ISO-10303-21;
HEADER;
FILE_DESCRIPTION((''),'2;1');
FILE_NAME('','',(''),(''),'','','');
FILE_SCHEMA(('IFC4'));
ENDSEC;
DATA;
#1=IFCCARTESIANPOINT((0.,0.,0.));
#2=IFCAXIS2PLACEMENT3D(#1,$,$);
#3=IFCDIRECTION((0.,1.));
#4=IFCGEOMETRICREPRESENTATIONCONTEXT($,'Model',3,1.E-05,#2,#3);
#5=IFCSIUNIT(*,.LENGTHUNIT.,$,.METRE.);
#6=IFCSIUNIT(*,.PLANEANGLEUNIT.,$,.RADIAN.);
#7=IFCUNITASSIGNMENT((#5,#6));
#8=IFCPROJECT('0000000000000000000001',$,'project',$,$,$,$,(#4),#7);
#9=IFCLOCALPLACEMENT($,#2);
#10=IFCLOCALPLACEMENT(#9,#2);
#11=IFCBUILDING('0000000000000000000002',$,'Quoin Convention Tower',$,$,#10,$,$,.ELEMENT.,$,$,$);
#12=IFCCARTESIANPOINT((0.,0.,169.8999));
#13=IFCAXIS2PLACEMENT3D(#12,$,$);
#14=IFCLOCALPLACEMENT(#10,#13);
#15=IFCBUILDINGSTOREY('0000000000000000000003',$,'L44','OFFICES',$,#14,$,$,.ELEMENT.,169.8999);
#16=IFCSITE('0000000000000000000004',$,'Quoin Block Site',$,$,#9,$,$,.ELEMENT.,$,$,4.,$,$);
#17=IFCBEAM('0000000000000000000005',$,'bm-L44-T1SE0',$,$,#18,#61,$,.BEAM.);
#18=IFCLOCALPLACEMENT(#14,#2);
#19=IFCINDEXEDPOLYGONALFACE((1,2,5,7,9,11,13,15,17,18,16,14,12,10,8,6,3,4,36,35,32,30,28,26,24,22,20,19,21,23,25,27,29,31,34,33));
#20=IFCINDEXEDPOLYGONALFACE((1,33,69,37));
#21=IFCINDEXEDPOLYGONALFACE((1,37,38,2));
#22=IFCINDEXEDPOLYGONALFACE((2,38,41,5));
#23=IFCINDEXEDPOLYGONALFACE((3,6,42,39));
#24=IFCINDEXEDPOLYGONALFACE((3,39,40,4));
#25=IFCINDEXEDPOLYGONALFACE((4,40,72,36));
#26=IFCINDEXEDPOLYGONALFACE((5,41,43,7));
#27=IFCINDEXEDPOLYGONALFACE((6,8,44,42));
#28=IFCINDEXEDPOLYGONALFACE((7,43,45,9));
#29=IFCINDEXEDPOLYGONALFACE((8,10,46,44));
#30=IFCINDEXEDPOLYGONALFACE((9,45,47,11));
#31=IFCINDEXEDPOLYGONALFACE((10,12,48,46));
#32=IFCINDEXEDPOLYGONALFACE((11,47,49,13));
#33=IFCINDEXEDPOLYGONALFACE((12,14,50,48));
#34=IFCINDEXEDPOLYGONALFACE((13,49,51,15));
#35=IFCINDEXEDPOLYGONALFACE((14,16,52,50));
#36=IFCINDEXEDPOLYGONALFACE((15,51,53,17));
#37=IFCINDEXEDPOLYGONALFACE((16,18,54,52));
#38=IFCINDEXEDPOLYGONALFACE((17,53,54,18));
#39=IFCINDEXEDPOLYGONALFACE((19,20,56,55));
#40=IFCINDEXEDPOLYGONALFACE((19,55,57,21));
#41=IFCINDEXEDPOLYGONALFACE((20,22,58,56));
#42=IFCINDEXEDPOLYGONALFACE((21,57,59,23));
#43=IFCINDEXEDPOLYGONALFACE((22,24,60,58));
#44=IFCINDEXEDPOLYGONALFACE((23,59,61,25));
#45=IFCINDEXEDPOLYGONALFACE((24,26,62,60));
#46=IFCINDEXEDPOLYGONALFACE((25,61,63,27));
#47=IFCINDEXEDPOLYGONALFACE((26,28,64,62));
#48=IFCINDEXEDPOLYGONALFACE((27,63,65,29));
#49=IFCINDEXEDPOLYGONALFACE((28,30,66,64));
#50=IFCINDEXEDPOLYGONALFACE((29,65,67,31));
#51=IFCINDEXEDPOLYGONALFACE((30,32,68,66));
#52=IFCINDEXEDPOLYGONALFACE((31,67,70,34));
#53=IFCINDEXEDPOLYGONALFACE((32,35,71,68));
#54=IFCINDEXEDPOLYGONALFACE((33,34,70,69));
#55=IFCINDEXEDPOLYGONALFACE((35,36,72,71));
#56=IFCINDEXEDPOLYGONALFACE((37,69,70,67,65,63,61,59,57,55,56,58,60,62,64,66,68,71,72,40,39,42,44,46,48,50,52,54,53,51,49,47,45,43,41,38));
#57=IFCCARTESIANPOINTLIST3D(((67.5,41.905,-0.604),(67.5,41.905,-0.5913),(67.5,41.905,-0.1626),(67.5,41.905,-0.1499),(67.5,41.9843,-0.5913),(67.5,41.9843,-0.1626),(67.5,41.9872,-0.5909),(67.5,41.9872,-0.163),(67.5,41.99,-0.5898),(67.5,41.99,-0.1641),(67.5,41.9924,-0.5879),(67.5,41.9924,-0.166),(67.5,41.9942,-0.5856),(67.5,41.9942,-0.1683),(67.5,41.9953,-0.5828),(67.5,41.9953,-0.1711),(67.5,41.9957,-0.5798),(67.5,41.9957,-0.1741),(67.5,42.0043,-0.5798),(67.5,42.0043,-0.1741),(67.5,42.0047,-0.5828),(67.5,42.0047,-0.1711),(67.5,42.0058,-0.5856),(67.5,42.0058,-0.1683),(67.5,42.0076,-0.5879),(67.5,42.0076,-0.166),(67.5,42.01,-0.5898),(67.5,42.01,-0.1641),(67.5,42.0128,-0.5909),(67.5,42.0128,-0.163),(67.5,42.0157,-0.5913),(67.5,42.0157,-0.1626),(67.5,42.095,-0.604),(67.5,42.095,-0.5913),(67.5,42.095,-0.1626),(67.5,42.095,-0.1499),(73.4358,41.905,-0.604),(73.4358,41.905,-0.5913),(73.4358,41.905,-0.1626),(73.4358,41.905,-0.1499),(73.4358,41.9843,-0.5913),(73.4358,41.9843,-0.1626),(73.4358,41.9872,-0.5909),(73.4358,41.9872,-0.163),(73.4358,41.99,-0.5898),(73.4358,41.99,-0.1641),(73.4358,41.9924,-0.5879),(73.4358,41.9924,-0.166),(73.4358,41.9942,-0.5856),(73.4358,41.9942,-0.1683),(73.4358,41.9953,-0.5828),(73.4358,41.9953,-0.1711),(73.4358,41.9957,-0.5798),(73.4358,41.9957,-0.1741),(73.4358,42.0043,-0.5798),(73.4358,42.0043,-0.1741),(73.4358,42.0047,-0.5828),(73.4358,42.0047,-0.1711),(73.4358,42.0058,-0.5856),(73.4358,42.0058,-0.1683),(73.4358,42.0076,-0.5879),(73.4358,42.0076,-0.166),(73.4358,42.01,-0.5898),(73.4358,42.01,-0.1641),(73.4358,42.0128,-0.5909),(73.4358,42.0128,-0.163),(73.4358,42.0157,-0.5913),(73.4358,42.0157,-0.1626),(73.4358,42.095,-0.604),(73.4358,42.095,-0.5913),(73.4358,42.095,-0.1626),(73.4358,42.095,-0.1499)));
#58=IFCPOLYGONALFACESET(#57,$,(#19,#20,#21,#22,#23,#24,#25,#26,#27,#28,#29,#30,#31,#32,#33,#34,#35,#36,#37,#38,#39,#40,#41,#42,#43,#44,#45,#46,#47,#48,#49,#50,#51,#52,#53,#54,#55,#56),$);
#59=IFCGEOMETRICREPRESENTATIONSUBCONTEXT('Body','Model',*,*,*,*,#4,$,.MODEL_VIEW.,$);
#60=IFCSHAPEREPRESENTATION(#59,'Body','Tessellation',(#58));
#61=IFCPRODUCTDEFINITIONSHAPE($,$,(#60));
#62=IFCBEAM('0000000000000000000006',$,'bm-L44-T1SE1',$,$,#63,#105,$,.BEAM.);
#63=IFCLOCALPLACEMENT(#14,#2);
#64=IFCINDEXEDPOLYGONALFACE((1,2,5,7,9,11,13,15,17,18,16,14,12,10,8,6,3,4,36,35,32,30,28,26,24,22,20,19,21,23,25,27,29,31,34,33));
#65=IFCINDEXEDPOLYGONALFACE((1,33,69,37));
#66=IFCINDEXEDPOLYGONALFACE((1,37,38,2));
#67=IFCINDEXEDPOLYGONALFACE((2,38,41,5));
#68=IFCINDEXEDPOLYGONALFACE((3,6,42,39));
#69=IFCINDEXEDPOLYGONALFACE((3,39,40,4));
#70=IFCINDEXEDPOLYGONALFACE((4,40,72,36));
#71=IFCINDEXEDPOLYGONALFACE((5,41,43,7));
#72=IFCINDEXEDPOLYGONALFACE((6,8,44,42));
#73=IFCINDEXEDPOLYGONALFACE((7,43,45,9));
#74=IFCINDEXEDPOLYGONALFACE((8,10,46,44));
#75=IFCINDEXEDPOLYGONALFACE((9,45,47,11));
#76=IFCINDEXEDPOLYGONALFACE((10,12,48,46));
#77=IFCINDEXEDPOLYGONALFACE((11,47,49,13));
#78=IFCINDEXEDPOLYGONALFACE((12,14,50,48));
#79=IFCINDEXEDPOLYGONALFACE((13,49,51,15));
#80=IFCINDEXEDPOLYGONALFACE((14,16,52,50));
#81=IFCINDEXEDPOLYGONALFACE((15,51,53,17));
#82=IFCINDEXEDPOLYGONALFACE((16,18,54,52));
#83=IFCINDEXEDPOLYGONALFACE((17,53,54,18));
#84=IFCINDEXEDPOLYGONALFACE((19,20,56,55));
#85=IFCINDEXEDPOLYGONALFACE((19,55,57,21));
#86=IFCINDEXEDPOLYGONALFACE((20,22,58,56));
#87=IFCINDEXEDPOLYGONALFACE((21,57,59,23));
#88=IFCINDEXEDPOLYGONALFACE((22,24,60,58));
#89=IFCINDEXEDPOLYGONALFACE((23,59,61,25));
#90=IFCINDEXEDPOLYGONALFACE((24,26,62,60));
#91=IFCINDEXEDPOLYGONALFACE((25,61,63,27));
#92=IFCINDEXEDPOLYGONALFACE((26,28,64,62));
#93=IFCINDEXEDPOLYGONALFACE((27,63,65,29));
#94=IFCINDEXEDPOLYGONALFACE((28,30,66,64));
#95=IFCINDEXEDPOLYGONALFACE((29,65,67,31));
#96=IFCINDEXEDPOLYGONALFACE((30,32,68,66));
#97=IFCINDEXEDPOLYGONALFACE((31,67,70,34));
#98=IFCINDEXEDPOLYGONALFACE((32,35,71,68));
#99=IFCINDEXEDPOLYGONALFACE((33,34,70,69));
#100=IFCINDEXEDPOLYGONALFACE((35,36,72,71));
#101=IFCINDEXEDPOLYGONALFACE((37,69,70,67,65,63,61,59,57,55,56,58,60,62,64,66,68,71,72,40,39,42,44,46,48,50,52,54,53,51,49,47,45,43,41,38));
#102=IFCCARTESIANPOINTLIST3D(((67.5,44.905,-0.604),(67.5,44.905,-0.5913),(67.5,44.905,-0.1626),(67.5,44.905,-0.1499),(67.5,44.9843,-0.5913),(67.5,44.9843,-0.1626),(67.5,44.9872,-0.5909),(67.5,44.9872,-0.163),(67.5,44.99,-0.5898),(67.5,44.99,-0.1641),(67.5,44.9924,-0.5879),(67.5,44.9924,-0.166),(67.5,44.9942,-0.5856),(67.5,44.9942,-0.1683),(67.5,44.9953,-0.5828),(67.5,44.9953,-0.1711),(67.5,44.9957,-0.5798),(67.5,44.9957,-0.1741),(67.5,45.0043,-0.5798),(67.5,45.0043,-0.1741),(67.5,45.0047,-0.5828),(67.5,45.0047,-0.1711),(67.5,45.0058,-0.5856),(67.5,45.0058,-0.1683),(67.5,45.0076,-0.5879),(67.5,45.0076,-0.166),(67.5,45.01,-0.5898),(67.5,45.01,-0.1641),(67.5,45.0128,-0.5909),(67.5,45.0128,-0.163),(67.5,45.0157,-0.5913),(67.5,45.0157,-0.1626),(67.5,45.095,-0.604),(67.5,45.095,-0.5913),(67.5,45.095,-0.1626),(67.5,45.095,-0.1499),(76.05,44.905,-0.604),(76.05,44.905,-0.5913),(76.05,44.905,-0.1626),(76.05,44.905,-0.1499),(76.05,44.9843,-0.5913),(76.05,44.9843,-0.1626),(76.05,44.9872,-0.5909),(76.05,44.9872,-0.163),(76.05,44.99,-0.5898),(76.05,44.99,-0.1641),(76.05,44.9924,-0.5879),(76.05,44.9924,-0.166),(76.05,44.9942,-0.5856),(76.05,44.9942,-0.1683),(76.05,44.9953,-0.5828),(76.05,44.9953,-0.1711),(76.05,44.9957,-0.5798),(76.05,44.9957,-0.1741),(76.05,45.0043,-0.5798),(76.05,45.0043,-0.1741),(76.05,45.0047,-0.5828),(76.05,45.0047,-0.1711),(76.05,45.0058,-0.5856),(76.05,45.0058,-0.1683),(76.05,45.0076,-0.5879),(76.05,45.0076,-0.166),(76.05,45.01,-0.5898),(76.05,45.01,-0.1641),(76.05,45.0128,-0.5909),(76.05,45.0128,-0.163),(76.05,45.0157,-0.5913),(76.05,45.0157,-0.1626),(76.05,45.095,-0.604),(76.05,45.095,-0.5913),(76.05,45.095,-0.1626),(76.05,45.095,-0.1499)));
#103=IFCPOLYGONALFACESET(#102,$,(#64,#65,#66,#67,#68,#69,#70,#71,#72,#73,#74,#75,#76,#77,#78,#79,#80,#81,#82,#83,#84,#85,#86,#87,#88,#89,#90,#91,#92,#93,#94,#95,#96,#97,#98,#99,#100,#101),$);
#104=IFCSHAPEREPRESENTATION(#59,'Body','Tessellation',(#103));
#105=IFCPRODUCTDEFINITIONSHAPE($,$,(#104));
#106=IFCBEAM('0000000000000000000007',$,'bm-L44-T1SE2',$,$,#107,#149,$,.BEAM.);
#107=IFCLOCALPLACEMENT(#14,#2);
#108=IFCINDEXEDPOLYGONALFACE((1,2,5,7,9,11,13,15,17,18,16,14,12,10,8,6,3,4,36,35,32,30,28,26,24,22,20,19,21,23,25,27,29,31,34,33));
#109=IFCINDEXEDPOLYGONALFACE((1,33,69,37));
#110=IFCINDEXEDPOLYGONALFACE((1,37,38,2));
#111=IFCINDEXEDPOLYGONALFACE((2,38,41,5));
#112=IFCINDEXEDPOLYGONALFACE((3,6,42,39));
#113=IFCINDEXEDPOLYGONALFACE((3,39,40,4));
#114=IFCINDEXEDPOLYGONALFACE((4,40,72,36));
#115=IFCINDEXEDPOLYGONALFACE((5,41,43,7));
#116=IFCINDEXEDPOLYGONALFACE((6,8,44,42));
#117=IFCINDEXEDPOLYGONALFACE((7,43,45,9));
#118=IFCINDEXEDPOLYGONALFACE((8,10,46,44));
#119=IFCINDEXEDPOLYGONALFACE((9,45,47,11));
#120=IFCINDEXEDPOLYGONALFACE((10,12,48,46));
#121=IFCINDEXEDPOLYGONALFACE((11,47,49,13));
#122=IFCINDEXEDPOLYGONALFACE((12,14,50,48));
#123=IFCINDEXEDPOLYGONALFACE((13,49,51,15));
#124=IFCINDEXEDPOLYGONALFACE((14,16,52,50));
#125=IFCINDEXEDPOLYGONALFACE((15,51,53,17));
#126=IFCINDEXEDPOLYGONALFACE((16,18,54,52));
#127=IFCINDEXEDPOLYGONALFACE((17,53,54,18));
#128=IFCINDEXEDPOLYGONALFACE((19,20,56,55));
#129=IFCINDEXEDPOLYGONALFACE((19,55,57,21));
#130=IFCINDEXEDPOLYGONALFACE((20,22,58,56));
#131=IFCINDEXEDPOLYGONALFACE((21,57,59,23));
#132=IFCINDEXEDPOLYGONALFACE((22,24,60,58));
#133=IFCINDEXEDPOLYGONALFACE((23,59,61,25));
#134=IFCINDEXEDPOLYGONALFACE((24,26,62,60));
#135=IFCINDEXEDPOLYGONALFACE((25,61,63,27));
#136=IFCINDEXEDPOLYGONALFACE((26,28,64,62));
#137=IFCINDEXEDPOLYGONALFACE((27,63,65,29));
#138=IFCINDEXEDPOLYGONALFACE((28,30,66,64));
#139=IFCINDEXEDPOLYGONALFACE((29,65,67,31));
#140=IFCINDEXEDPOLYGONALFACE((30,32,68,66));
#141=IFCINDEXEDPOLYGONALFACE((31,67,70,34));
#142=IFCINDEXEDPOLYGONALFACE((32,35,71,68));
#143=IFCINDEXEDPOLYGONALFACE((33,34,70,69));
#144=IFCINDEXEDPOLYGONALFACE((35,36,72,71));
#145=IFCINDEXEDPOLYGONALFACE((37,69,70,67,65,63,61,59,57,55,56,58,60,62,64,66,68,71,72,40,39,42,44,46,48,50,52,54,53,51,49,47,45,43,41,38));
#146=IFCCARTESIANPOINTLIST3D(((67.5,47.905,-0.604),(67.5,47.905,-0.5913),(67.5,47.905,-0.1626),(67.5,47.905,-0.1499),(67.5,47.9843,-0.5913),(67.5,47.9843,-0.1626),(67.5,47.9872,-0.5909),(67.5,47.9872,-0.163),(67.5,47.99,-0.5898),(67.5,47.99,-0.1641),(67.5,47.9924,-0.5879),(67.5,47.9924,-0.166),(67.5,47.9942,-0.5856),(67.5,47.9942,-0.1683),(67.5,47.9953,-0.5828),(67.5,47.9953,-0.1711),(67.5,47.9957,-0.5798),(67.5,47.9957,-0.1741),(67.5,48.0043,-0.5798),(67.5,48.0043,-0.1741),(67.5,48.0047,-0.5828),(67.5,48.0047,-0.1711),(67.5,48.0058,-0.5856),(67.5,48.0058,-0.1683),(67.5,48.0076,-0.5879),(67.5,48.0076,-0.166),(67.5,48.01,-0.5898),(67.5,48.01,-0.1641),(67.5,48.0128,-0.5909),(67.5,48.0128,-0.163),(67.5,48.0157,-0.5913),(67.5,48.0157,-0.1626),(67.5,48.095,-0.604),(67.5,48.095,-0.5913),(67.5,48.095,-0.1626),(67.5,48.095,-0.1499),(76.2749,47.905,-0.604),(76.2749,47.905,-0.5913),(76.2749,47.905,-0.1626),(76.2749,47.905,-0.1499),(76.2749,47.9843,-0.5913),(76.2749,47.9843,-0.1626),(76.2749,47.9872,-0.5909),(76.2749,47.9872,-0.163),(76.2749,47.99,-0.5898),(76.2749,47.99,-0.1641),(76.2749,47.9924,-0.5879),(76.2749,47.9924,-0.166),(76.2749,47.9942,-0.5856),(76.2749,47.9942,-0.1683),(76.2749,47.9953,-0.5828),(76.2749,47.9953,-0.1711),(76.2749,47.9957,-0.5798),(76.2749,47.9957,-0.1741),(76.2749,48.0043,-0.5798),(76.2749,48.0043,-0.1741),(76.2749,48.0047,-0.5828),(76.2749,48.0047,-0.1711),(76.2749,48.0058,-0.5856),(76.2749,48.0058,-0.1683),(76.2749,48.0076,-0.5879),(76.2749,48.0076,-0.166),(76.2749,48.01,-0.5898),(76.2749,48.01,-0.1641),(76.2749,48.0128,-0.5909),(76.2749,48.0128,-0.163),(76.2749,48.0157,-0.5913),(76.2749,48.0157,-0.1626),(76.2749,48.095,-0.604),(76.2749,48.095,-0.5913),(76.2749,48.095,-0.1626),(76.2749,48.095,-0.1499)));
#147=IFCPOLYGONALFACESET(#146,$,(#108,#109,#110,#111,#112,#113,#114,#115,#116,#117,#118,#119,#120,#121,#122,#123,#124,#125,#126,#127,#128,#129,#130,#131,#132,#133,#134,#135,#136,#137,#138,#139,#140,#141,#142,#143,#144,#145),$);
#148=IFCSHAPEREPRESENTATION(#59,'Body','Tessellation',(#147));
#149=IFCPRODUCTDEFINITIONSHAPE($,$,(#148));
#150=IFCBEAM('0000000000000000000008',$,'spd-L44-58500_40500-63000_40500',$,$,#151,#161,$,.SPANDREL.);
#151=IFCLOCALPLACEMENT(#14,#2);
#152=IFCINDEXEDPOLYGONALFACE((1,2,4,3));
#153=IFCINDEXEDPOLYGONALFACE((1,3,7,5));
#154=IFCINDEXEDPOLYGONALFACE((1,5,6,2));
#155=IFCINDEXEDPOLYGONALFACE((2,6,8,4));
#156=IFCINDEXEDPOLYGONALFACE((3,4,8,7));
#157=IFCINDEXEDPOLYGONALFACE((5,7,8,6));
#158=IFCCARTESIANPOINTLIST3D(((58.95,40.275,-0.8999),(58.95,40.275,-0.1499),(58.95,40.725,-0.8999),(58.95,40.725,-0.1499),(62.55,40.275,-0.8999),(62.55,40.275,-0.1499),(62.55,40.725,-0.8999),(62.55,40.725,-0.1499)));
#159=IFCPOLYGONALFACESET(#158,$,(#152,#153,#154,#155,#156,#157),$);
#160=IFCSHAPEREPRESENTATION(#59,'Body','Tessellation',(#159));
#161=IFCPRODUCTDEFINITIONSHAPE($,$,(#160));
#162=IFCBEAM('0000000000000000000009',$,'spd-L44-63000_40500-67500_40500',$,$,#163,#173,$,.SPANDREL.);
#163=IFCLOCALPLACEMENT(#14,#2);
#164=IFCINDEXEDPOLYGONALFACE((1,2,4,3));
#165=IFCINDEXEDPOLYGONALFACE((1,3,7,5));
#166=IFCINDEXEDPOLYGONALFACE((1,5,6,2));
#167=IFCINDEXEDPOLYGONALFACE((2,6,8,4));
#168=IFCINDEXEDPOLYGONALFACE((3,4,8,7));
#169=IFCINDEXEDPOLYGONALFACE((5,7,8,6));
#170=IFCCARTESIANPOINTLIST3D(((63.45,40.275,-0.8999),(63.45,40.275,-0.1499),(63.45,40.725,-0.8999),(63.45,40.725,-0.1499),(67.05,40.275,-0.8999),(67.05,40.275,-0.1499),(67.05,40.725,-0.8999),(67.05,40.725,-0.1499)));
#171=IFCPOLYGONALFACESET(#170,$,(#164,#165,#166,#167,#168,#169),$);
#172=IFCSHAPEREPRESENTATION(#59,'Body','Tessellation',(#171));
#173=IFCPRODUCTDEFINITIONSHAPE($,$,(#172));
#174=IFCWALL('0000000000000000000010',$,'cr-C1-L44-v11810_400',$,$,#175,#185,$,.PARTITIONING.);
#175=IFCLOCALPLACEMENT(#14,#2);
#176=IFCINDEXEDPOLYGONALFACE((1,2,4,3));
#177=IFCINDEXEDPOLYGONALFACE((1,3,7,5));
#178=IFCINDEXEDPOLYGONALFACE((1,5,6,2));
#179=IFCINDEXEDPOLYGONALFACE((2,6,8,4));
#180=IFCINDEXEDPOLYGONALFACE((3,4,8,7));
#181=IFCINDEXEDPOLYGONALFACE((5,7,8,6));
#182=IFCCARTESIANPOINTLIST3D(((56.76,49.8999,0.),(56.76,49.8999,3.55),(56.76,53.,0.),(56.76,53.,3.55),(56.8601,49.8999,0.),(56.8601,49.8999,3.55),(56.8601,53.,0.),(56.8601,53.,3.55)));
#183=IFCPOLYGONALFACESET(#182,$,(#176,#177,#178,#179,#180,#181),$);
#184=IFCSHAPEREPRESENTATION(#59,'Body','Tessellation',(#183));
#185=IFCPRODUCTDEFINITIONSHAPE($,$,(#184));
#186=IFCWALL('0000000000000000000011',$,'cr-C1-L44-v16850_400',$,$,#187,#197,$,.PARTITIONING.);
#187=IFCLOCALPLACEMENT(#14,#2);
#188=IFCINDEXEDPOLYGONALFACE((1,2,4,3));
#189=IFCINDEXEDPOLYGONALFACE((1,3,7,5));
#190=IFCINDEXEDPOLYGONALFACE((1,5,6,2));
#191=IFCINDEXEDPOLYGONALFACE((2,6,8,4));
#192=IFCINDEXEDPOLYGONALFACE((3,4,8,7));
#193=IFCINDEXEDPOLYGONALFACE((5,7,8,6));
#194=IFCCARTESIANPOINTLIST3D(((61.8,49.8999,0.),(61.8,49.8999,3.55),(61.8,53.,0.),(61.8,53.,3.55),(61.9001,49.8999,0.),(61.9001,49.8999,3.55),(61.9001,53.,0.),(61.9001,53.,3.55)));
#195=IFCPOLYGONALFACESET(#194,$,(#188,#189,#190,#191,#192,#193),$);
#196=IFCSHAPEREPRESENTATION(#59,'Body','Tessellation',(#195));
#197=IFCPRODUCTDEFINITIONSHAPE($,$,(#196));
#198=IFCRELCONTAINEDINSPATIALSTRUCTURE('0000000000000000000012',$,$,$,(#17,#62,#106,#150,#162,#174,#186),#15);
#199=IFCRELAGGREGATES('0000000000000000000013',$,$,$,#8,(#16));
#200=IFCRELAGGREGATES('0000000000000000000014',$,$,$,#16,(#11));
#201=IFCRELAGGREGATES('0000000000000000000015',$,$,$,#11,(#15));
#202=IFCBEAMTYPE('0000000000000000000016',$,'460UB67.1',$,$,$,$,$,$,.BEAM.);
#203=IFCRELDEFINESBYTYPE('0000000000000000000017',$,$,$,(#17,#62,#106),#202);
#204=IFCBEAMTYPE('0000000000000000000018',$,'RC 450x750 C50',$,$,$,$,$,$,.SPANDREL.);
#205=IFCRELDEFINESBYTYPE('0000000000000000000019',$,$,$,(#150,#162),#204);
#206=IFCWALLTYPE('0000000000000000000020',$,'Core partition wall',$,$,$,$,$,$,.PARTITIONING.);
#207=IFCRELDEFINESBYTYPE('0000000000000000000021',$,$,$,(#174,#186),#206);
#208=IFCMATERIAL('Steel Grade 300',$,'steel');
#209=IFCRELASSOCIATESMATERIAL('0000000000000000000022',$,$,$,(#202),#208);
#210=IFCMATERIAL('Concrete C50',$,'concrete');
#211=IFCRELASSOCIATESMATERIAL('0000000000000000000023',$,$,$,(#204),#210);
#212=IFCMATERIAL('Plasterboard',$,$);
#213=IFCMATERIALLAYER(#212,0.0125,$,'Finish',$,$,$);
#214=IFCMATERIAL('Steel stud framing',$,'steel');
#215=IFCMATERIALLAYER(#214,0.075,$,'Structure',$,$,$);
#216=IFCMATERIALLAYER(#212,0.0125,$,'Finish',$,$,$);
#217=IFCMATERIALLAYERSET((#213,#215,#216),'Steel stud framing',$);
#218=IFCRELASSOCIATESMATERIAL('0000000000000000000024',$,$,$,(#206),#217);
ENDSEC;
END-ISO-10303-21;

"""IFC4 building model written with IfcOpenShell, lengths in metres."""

from ifc_helpers import new_model, si_unit, direction, frame, frame_2d, origin, origin_2d, place, context, subcontext, project, spatial, rectangle, i_section, extrude, material, layer, layer_set, material_profile, profile_set, type_object, element, save


model = new_model("IFC4")

# Units and contexts
model_context = context("Model", 3, precision=1e-05, world=origin(), true_north=direction((0.0, 1.0)))
body_context = subcontext(model_context, "Body", "Model", "MODEL_VIEW")
ifc_project = project(units=[si_unit("LENGTHUNIT", "METRE"), si_unit("PLANEANGLEUNIT", "RADIAN")], contexts=[model_context])

# Site, building, storey
site_placement = place(None, origin())
site = spatial("IfcSite", under=ifc_project, at=site_placement, Name="Quoin Block Site", CompositionType="ELEMENT", RefElevation=4.0)
building_placement = place(site_placement, origin())
building = spatial("IfcBuilding", under=site, at=building_placement, Name="Quoin Convention Tower", CompositionType="ELEMENT")
storey_placement = place(building_placement, frame((0.0, 0.0, 169.8999)))
storey = spatial("IfcBuildingStorey", under=building, at=storey_placement, Name="L44", Description="OFFICES", CompositionType="ELEMENT", Elevation=169.8999)

# Shared definitions
ifc_material_1 = material(Name="Concrete C50", Category="concrete")

# Beams
ifc_material_2 = material(Name="Steel Grade 300", Category="steel")
ifc_material_profile_1 = material_profile(ifc_material_2, i_section(OverallWidth=0.1899, OverallDepth=0.4541, WebThickness=0.0085, FlangeThickness=0.0127, FilletRadius=0.0115, at=origin_2d()), Name="460UB67.1")
ifc_profile_set_1 = profile_set([ifc_material_profile_1], Name="Steel Grade 300")
beam_type_1 = type_object("IfcBeamType", Name="460UB67.1", PredefinedType="BEAM", material=ifc_profile_set_1)
beam_1_placement = place(storey_placement, frame((67.5, 42.0, -0.377), z_axis=(1.0, 0.0, 0.0), x_axis=(0.0, 1.0, 0.0)))
element("IfcBeam", 1, at=beam_1_placement, inside=storey, type_object=beam_type_1, Name="bm-L44-T1SE0", PredefinedType="BEAM", context=body_context, shape_type="SweptSolid", body=[
    extrude(i_section(OverallWidth=0.1899, OverallDepth=0.4541, WebThickness=0.0085, FlangeThickness=0.0127, FilletRadius=0.0115, at=origin_2d()), origin(), (0.0, 0.0, 1.0), 5.9358),
])
beam_2_placement = place(storey_placement, frame((67.5, 45.0, -0.377), z_axis=(1.0, 0.0, 0.0), x_axis=(0.0, 1.0, 0.0)))
element("IfcBeam", 2, at=beam_2_placement, inside=storey, type_object=beam_type_1, Name="bm-L44-T1SE1", PredefinedType="BEAM", context=body_context, shape_type="SweptSolid", body=[
    extrude(i_section(OverallWidth=0.1899, OverallDepth=0.4541, WebThickness=0.0085, FlangeThickness=0.0127, FilletRadius=0.0115, at=origin_2d()), origin(), (0.0, 0.0, 1.0), 8.55),
])
beam_3_placement = place(storey_placement, frame((67.5, 48.0, -0.377), z_axis=(1.0, 0.0, 0.0), x_axis=(0.0, 1.0, 0.0)))
element("IfcBeam", 3, at=beam_3_placement, inside=storey, type_object=beam_type_1, Name="bm-L44-T1SE2", PredefinedType="BEAM", context=body_context, shape_type="SweptSolid", body=[
    extrude(i_section(OverallWidth=0.1899, OverallDepth=0.4541, WebThickness=0.0085, FlangeThickness=0.0127, FilletRadius=0.0115, at=origin_2d()), origin(), (0.0, 0.0, 1.0), 8.7749),
])
ifc_material_profile_2 = material_profile(ifc_material_1, rectangle(XDim=0.45, YDim=0.75, at=origin_2d()), Name="RC 450x750")
ifc_profile_set_2 = profile_set([ifc_material_profile_2], Name="Concrete C50")
beam_type_2 = type_object("IfcBeamType", Name="RC 450x750 C50", PredefinedType="SPANDREL", material=ifc_profile_set_2)
for number, where, z_axis, x_axis, name in (
    (4, (58.95, 40.5, -0.5249), (1.0, 0.0, 0.0), (0.0, 1.0, 0.0), "spd-L44-58500_40500-63000_40500"),
    (5, (63.45, 40.5, -0.5249), (1.0, 0.0, 0.0), (0.0, 1.0, 0.0), "spd-L44-63000_40500-67500_40500"),
):
    element("IfcBeam", number, at=place(storey_placement, frame(where, z_axis=z_axis, x_axis=x_axis)), inside=storey, type_object=beam_type_2, Name=name, PredefinedType="SPANDREL", context=body_context, shape_type="SweptSolid", body=[
        extrude(rectangle(XDim=0.45, YDim=0.75, at=origin_2d()), origin(), (0.0, 0.0, 1.0), 3.6001),
    ])

# Walls
ifc_material_3 = material(Name="Plasterboard")
ifc_layer_1 = layer(ifc_material_3, 0.0125, Name="Finish")
ifc_material_4 = material(Name="Steel stud framing", Category="steel")
ifc_layer_2 = layer(ifc_material_4, 0.075, Name="Structure")
ifc_layer_3 = layer(ifc_material_3, 0.0125, Name="Finish")
ifc_layer_set_1 = layer_set([ifc_layer_1, ifc_layer_2, ifc_layer_3], Name="Steel stud framing")
wall_type_1 = type_object("IfcWallType", Name="Core partition wall", PredefinedType="PARTITIONING", material=ifc_layer_set_1)
for number, where, z_axis, x_axis, name in (
    (6, (56.8101, 49.8999, 0.0), (0.0, 0.0, 1.0), (0.0, 1.0, 0.0), "cr-C1-L44-v11810_400"),
    (7, (61.8501, 49.8999, 0.0), (0.0, 0.0, 1.0), (0.0, 1.0, 0.0), "cr-C1-L44-v16850_400"),
):
    element("IfcWall", number, at=place(storey_placement, frame(where, z_axis=z_axis, x_axis=x_axis)), inside=storey, type_object=wall_type_1, Name=name, PredefinedType="PARTITIONING", context=body_context, shape_type="SweptSolid", body=[
        extrude(rectangle(XDim=3.1001, YDim=0.1001, at=frame_2d((1.55, 0.0))), origin(), (0.0, 0.0, 1.0), 3.55),
    ])

save(model, "model.ifc")
